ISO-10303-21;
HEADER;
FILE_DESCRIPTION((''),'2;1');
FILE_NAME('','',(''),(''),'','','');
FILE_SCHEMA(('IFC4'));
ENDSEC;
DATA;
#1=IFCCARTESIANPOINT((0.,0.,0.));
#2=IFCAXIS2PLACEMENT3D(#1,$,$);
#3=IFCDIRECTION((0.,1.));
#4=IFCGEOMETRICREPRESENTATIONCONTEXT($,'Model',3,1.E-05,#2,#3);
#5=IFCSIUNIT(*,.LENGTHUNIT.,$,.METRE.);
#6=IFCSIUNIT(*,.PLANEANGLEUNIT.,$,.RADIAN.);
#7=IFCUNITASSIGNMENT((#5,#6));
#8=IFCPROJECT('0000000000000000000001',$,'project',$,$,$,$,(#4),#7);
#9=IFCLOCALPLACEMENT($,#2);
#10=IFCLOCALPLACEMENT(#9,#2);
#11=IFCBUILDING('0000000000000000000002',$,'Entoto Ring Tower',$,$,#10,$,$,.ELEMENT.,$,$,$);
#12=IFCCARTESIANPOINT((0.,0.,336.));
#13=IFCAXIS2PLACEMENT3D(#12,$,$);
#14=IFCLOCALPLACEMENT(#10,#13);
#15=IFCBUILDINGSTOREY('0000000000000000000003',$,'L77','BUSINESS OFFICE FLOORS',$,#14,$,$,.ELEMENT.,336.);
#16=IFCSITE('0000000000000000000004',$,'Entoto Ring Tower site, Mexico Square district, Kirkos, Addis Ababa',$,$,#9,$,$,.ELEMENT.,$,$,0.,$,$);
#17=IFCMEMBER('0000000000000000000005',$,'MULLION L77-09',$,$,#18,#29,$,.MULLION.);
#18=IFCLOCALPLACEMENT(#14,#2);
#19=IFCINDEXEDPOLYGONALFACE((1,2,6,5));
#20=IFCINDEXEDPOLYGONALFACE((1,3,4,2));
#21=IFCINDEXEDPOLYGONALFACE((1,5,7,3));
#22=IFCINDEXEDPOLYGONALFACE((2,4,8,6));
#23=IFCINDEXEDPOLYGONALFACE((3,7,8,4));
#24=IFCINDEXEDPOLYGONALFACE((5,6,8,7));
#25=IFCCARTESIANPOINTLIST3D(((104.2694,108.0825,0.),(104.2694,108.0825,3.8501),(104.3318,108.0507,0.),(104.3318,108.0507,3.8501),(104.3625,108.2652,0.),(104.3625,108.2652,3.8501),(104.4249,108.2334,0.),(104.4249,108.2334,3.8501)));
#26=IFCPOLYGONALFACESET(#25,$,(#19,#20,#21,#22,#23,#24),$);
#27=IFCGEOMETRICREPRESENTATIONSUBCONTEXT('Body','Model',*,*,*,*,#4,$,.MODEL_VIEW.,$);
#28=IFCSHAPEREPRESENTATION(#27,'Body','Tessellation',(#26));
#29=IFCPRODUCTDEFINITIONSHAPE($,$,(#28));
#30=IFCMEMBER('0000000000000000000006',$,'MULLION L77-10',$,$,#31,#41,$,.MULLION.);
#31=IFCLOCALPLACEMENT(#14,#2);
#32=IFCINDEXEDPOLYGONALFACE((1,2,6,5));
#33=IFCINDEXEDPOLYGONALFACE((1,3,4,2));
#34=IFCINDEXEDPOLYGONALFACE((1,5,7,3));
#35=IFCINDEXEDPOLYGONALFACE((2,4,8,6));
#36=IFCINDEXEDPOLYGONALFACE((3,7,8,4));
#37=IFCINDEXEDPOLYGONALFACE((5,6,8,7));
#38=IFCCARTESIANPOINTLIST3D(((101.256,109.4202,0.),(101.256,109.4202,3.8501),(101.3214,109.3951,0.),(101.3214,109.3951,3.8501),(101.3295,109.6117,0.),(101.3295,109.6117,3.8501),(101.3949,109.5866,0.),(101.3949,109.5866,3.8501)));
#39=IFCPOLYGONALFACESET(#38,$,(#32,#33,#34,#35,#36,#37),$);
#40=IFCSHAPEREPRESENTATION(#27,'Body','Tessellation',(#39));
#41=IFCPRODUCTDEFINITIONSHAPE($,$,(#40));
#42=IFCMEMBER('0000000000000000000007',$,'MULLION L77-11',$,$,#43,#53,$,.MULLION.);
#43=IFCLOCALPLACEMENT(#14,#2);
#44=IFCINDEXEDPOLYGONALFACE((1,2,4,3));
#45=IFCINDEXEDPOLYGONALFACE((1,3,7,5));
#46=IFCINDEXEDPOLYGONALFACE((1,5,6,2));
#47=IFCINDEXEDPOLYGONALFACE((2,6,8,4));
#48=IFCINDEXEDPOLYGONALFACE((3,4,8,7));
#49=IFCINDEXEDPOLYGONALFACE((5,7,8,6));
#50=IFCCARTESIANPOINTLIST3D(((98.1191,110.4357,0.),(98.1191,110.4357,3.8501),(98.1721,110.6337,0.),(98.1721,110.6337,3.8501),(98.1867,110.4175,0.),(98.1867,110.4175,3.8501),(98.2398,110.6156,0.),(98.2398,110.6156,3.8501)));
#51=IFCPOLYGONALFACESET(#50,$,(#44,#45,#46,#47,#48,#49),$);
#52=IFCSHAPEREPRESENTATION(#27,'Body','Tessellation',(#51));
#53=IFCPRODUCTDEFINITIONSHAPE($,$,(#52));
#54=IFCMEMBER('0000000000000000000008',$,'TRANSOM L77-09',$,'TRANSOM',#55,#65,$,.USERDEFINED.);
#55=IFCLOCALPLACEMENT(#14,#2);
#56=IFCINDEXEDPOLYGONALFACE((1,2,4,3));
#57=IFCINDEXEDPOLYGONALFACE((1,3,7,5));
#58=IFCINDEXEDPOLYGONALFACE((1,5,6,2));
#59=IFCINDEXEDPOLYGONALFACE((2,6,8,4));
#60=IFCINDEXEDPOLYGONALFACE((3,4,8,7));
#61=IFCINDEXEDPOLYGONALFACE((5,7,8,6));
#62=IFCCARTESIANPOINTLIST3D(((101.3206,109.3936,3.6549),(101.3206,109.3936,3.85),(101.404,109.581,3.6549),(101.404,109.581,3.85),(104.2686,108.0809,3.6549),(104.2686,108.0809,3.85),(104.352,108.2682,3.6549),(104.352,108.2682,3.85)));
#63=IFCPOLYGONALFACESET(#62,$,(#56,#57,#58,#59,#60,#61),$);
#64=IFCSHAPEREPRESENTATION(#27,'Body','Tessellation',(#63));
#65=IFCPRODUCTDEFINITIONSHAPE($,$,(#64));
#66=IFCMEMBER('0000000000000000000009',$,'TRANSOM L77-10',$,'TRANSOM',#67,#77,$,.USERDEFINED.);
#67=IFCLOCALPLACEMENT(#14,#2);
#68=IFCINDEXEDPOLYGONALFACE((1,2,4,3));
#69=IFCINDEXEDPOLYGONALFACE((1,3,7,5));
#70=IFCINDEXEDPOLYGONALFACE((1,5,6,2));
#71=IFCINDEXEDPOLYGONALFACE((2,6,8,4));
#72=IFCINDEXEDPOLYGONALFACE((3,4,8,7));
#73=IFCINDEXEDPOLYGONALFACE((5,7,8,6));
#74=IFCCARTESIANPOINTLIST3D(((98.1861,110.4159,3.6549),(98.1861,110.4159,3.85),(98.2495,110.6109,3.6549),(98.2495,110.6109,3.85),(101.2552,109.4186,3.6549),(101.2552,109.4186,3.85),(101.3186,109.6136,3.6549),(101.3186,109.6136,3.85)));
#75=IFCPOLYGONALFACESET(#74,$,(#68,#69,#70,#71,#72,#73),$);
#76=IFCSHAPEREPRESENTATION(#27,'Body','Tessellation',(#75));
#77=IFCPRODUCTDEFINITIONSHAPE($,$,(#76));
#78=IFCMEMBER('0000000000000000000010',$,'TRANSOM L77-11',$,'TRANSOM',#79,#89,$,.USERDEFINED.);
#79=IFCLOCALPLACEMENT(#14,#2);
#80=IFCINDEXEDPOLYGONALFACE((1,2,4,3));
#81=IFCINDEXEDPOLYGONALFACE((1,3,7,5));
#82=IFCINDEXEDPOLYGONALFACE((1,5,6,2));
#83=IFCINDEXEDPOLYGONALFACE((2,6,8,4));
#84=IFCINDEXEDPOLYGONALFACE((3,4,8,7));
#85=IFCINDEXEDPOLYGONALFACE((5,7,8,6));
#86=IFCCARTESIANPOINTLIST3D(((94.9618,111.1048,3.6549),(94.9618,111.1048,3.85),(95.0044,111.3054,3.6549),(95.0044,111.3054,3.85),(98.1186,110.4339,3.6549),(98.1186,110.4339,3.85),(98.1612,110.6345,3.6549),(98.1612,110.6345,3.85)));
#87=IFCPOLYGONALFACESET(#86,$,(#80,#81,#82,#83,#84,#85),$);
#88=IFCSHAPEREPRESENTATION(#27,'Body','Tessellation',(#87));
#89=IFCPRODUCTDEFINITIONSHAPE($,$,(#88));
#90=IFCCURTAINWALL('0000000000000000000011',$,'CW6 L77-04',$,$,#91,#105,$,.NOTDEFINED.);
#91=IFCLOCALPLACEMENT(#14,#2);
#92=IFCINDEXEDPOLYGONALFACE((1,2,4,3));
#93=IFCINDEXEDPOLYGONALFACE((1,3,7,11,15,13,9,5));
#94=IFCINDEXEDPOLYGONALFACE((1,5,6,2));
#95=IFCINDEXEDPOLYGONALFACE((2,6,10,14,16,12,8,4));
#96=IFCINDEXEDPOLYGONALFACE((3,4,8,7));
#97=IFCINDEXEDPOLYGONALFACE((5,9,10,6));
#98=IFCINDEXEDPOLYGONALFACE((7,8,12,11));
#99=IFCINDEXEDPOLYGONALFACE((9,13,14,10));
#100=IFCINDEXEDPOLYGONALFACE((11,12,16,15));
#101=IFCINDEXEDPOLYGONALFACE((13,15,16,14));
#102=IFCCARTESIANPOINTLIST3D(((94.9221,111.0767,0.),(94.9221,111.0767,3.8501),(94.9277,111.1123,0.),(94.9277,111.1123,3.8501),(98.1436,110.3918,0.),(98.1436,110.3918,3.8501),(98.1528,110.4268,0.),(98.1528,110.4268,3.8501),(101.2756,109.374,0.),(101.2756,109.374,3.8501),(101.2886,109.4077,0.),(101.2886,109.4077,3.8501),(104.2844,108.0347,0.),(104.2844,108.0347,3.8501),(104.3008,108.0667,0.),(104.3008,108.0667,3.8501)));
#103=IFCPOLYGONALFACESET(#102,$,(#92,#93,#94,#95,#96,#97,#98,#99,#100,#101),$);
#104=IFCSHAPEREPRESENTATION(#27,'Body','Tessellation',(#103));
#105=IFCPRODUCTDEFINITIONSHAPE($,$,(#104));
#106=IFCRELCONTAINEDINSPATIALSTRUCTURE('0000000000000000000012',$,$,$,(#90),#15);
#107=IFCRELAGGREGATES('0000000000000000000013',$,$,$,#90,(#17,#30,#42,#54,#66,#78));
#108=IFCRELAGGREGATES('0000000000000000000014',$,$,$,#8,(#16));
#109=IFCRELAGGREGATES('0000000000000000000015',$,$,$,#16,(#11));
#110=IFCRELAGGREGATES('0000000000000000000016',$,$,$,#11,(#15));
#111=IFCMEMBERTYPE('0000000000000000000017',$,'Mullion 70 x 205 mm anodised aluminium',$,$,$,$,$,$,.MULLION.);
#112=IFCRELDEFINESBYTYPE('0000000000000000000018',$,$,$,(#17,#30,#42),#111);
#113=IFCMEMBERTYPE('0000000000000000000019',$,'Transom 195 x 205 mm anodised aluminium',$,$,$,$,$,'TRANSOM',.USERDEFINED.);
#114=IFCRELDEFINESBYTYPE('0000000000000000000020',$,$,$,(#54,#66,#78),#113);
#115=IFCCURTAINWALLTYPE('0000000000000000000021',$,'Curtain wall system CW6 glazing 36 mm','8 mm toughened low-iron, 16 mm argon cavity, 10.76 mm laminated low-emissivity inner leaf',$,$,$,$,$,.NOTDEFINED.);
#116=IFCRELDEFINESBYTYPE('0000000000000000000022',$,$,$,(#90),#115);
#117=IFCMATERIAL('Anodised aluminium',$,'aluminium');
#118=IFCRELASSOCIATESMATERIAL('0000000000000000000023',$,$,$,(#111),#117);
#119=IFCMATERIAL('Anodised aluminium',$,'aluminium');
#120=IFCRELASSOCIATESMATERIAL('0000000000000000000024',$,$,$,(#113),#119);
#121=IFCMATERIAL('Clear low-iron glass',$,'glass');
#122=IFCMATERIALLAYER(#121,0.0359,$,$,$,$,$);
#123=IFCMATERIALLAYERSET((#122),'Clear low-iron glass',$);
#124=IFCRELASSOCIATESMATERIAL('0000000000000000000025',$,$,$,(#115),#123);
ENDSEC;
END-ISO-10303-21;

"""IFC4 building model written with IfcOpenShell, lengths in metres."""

from ifc_helpers import new_model, si_unit, direction, frame, origin, origin_2d, place, context, subcontext, project, spatial, polyline, rectangle, outline, extrude, material, layer, layer_set, material_profile, profile_set, type_object, element, aggregate, save


model = new_model("IFC4")

# Units and contexts
model_context = context("Model", 3, precision=1e-05, world=origin(), true_north=direction((0.0, 1.0)))
body_context = subcontext(model_context, "Body", "Model", "MODEL_VIEW")
ifc_project = project(units=[si_unit("LENGTHUNIT", "METRE"), si_unit("PLANEANGLEUNIT", "RADIAN")], contexts=[model_context])

# Members
ifc_material_1 = material(Name="Anodised aluminium", Category="aluminium")
ifc_material_profile_1 = material_profile(ifc_material_1, rectangle(XDim=0.0701, YDim=0.2051, at=origin_2d()), Name="Mullion 70 x 205 mm anodised aluminium")
ifc_profile_set_1 = profile_set([ifc_material_profile_1], Name="Anodised aluminium")
member_type_1 = type_object("IfcMemberType", Name="Mullion 70 x 205 mm anodised aluminium", PredefinedType="MULLION", material=ifc_profile_set_1)
site_placement = place(None, origin())
building_placement = place(site_placement, origin())
storey_placement = place(building_placement, frame((0.0, 0.0, 336.0)))
member_1_placement = place(storey_placement, frame((104.3472, 108.158, 0.0), z_axis=(0.0, 0.0, 1.0), x_axis=(-0.891007, 0.45399, 0.0)))
member_1 = element("IfcMember", 1, at=member_1_placement, type_object=member_type_1, Name="MULLION L77-09", PredefinedType="MULLION", context=body_context, shape_type="SweptSolid", body=[
    extrude(rectangle(XDim=0.0701, YDim=0.2051, at=origin_2d()), origin(), (0.0, 0.0, 1.0), 3.8501),
])
member_2_placement = place(storey_placement, frame((101.3254, 109.5034, 0.0), z_axis=(0.0, 0.0, 1.0), x_axis=(-0.93358, 0.358368, 0.0)))
member_2 = element("IfcMember", 2, at=member_2_placement, type_object=member_type_1, Name="MULLION L77-10", PredefinedType="MULLION", context=body_context, shape_type="SweptSolid", body=[
    extrude(rectangle(XDim=0.0701, YDim=0.2051, at=origin_2d()), origin(), (0.0, 0.0, 1.0), 3.8501),
])
member_3_placement = place(storey_placement, frame((98.1794, 110.5256, 0.0), z_axis=(0.0, 0.0, 1.0), x_axis=(-0.965926, 0.258819, 0.0)))
member_3 = element("IfcMember", 3, at=member_3_placement, type_object=member_type_1, Name="MULLION L77-11", PredefinedType="MULLION", context=body_context, shape_type="SweptSolid", body=[
    extrude(rectangle(XDim=0.0701, YDim=0.2051, at=origin_2d()), origin(), (0.0, 0.0, 1.0), 3.8501),
])
ifc_material_2 = material(Name="Anodised aluminium", Category="aluminium")
ifc_material_profile_2 = material_profile(ifc_material_2, rectangle(XDim=0.2051, YDim=0.1951, at=origin_2d()), Name="Transom 195 x 205 mm anodised aluminium")
ifc_profile_set_2 = profile_set([ifc_material_profile_2], Name="Anodised aluminium")
member_type_2 = type_object("IfcMemberType", Name="Transom 195 x 205 mm anodised aluminium", ElementType="TRANSOM", PredefinedType="USERDEFINED", material=ifc_profile_set_2)
member_4_placement = place(storey_placement, frame((104.3103, 108.1746, 3.7524), z_axis=(-0.913521, 0.406791, 0.0), x_axis=(-0.406791, -0.913521, 0.0)))
member_4 = element("IfcMember", 4, at=member_4_placement, type_object=member_type_2, Name="TRANSOM L77-09", ObjectType="TRANSOM", PredefinedType="USERDEFINED", context=body_context, shape_type="SweptSolid", body=[
    extrude(rectangle(XDim=0.2051, YDim=0.1951, at=origin_2d()), origin(), (0.0, 0.0, 1.0), 3.2271),
])
member_5_placement = place(storey_placement, frame((101.2869, 109.5161, 3.7524), z_axis=(-0.951047, 0.309047, 0.0), x_axis=(-0.309047, -0.951047, 0.0)))
member_5 = element("IfcMember", 5, at=member_5_placement, type_object=member_type_2, Name="TRANSOM L77-10", ObjectType="TRANSOM", PredefinedType="USERDEFINED", context=body_context, shape_type="SweptSolid", body=[
    extrude(rectangle(XDim=0.2051, YDim=0.1951, at=origin_2d()), origin(), (0.0, 0.0, 1.0), 3.2271),
])
member_6_placement = place(storey_placement, frame((98.1399, 110.5342, 3.7524), z_axis=(-0.978153, 0.207886, 0.0), x_axis=(-0.207886, -0.978153, 0.0)))
member_6 = element("IfcMember", 6, at=member_6_placement, type_object=member_type_2, Name="TRANSOM L77-11", ObjectType="TRANSOM", PredefinedType="USERDEFINED", context=body_context, shape_type="SweptSolid", body=[
    extrude(rectangle(XDim=0.2051, YDim=0.1951, at=origin_2d()), origin(), (0.0, 0.0, 1.0), 3.2273),
])

# Site, building, storey
site = spatial("IfcSite", under=ifc_project, at=site_placement, Name="Entoto Ring Tower site, Mexico Square district, Kirkos, Addis Ababa", CompositionType="ELEMENT", RefElevation=0.0)
building = spatial("IfcBuilding", under=site, at=building_placement, Name="Entoto Ring Tower", CompositionType="ELEMENT")
storey = spatial("IfcBuildingStorey", under=building, at=storey_placement, Name="L77", Description="BUSINESS OFFICE FLOORS", CompositionType="ELEMENT", Elevation=336.0)

# Curtain wall
ifc_material_3 = material(Name="Clear low-iron glass", Category="glass")
ifc_layer = layer(ifc_material_3, 0.0359)
ifc_layer_set = layer_set([ifc_layer], Name="Clear low-iron glass")
curtain_wall_type = type_object("IfcCurtainWallType", Name="Curtain wall system CW6 glazing 36 mm", Description="8 mm toughened low-iron, 16 mm argon cavity, 10.76 mm laminated low-emissivity inner leaf", PredefinedType="NOTDEFINED", material=ifc_layer_set)
curtain_wall_1_placement = place(storey_placement, origin())
curtain_wall_1 = element("IfcCurtainWall", 7, at=curtain_wall_1_placement, inside=storey, type_object=curtain_wall_type, Name="CW6 L77-04", PredefinedType="NOTDEFINED", context=body_context, shape_type="SweptSolid", body=[
    extrude(outline(polyline([(104.3008, 108.0667), (101.2886, 109.4077), (98.1528, 110.4268), (94.9277, 111.1123), (94.9221, 111.0767), (98.1436, 110.3918), (101.2756, 109.374), (104.2844, 108.0347), (104.3008, 108.0667)])), origin(), (0.0, 0.0, 1.0), 3.8501),
])
aggregate(curtain_wall_1, [member_1, member_2, member_3, member_4, member_5, member_6])

save(model, "model.ifc")
